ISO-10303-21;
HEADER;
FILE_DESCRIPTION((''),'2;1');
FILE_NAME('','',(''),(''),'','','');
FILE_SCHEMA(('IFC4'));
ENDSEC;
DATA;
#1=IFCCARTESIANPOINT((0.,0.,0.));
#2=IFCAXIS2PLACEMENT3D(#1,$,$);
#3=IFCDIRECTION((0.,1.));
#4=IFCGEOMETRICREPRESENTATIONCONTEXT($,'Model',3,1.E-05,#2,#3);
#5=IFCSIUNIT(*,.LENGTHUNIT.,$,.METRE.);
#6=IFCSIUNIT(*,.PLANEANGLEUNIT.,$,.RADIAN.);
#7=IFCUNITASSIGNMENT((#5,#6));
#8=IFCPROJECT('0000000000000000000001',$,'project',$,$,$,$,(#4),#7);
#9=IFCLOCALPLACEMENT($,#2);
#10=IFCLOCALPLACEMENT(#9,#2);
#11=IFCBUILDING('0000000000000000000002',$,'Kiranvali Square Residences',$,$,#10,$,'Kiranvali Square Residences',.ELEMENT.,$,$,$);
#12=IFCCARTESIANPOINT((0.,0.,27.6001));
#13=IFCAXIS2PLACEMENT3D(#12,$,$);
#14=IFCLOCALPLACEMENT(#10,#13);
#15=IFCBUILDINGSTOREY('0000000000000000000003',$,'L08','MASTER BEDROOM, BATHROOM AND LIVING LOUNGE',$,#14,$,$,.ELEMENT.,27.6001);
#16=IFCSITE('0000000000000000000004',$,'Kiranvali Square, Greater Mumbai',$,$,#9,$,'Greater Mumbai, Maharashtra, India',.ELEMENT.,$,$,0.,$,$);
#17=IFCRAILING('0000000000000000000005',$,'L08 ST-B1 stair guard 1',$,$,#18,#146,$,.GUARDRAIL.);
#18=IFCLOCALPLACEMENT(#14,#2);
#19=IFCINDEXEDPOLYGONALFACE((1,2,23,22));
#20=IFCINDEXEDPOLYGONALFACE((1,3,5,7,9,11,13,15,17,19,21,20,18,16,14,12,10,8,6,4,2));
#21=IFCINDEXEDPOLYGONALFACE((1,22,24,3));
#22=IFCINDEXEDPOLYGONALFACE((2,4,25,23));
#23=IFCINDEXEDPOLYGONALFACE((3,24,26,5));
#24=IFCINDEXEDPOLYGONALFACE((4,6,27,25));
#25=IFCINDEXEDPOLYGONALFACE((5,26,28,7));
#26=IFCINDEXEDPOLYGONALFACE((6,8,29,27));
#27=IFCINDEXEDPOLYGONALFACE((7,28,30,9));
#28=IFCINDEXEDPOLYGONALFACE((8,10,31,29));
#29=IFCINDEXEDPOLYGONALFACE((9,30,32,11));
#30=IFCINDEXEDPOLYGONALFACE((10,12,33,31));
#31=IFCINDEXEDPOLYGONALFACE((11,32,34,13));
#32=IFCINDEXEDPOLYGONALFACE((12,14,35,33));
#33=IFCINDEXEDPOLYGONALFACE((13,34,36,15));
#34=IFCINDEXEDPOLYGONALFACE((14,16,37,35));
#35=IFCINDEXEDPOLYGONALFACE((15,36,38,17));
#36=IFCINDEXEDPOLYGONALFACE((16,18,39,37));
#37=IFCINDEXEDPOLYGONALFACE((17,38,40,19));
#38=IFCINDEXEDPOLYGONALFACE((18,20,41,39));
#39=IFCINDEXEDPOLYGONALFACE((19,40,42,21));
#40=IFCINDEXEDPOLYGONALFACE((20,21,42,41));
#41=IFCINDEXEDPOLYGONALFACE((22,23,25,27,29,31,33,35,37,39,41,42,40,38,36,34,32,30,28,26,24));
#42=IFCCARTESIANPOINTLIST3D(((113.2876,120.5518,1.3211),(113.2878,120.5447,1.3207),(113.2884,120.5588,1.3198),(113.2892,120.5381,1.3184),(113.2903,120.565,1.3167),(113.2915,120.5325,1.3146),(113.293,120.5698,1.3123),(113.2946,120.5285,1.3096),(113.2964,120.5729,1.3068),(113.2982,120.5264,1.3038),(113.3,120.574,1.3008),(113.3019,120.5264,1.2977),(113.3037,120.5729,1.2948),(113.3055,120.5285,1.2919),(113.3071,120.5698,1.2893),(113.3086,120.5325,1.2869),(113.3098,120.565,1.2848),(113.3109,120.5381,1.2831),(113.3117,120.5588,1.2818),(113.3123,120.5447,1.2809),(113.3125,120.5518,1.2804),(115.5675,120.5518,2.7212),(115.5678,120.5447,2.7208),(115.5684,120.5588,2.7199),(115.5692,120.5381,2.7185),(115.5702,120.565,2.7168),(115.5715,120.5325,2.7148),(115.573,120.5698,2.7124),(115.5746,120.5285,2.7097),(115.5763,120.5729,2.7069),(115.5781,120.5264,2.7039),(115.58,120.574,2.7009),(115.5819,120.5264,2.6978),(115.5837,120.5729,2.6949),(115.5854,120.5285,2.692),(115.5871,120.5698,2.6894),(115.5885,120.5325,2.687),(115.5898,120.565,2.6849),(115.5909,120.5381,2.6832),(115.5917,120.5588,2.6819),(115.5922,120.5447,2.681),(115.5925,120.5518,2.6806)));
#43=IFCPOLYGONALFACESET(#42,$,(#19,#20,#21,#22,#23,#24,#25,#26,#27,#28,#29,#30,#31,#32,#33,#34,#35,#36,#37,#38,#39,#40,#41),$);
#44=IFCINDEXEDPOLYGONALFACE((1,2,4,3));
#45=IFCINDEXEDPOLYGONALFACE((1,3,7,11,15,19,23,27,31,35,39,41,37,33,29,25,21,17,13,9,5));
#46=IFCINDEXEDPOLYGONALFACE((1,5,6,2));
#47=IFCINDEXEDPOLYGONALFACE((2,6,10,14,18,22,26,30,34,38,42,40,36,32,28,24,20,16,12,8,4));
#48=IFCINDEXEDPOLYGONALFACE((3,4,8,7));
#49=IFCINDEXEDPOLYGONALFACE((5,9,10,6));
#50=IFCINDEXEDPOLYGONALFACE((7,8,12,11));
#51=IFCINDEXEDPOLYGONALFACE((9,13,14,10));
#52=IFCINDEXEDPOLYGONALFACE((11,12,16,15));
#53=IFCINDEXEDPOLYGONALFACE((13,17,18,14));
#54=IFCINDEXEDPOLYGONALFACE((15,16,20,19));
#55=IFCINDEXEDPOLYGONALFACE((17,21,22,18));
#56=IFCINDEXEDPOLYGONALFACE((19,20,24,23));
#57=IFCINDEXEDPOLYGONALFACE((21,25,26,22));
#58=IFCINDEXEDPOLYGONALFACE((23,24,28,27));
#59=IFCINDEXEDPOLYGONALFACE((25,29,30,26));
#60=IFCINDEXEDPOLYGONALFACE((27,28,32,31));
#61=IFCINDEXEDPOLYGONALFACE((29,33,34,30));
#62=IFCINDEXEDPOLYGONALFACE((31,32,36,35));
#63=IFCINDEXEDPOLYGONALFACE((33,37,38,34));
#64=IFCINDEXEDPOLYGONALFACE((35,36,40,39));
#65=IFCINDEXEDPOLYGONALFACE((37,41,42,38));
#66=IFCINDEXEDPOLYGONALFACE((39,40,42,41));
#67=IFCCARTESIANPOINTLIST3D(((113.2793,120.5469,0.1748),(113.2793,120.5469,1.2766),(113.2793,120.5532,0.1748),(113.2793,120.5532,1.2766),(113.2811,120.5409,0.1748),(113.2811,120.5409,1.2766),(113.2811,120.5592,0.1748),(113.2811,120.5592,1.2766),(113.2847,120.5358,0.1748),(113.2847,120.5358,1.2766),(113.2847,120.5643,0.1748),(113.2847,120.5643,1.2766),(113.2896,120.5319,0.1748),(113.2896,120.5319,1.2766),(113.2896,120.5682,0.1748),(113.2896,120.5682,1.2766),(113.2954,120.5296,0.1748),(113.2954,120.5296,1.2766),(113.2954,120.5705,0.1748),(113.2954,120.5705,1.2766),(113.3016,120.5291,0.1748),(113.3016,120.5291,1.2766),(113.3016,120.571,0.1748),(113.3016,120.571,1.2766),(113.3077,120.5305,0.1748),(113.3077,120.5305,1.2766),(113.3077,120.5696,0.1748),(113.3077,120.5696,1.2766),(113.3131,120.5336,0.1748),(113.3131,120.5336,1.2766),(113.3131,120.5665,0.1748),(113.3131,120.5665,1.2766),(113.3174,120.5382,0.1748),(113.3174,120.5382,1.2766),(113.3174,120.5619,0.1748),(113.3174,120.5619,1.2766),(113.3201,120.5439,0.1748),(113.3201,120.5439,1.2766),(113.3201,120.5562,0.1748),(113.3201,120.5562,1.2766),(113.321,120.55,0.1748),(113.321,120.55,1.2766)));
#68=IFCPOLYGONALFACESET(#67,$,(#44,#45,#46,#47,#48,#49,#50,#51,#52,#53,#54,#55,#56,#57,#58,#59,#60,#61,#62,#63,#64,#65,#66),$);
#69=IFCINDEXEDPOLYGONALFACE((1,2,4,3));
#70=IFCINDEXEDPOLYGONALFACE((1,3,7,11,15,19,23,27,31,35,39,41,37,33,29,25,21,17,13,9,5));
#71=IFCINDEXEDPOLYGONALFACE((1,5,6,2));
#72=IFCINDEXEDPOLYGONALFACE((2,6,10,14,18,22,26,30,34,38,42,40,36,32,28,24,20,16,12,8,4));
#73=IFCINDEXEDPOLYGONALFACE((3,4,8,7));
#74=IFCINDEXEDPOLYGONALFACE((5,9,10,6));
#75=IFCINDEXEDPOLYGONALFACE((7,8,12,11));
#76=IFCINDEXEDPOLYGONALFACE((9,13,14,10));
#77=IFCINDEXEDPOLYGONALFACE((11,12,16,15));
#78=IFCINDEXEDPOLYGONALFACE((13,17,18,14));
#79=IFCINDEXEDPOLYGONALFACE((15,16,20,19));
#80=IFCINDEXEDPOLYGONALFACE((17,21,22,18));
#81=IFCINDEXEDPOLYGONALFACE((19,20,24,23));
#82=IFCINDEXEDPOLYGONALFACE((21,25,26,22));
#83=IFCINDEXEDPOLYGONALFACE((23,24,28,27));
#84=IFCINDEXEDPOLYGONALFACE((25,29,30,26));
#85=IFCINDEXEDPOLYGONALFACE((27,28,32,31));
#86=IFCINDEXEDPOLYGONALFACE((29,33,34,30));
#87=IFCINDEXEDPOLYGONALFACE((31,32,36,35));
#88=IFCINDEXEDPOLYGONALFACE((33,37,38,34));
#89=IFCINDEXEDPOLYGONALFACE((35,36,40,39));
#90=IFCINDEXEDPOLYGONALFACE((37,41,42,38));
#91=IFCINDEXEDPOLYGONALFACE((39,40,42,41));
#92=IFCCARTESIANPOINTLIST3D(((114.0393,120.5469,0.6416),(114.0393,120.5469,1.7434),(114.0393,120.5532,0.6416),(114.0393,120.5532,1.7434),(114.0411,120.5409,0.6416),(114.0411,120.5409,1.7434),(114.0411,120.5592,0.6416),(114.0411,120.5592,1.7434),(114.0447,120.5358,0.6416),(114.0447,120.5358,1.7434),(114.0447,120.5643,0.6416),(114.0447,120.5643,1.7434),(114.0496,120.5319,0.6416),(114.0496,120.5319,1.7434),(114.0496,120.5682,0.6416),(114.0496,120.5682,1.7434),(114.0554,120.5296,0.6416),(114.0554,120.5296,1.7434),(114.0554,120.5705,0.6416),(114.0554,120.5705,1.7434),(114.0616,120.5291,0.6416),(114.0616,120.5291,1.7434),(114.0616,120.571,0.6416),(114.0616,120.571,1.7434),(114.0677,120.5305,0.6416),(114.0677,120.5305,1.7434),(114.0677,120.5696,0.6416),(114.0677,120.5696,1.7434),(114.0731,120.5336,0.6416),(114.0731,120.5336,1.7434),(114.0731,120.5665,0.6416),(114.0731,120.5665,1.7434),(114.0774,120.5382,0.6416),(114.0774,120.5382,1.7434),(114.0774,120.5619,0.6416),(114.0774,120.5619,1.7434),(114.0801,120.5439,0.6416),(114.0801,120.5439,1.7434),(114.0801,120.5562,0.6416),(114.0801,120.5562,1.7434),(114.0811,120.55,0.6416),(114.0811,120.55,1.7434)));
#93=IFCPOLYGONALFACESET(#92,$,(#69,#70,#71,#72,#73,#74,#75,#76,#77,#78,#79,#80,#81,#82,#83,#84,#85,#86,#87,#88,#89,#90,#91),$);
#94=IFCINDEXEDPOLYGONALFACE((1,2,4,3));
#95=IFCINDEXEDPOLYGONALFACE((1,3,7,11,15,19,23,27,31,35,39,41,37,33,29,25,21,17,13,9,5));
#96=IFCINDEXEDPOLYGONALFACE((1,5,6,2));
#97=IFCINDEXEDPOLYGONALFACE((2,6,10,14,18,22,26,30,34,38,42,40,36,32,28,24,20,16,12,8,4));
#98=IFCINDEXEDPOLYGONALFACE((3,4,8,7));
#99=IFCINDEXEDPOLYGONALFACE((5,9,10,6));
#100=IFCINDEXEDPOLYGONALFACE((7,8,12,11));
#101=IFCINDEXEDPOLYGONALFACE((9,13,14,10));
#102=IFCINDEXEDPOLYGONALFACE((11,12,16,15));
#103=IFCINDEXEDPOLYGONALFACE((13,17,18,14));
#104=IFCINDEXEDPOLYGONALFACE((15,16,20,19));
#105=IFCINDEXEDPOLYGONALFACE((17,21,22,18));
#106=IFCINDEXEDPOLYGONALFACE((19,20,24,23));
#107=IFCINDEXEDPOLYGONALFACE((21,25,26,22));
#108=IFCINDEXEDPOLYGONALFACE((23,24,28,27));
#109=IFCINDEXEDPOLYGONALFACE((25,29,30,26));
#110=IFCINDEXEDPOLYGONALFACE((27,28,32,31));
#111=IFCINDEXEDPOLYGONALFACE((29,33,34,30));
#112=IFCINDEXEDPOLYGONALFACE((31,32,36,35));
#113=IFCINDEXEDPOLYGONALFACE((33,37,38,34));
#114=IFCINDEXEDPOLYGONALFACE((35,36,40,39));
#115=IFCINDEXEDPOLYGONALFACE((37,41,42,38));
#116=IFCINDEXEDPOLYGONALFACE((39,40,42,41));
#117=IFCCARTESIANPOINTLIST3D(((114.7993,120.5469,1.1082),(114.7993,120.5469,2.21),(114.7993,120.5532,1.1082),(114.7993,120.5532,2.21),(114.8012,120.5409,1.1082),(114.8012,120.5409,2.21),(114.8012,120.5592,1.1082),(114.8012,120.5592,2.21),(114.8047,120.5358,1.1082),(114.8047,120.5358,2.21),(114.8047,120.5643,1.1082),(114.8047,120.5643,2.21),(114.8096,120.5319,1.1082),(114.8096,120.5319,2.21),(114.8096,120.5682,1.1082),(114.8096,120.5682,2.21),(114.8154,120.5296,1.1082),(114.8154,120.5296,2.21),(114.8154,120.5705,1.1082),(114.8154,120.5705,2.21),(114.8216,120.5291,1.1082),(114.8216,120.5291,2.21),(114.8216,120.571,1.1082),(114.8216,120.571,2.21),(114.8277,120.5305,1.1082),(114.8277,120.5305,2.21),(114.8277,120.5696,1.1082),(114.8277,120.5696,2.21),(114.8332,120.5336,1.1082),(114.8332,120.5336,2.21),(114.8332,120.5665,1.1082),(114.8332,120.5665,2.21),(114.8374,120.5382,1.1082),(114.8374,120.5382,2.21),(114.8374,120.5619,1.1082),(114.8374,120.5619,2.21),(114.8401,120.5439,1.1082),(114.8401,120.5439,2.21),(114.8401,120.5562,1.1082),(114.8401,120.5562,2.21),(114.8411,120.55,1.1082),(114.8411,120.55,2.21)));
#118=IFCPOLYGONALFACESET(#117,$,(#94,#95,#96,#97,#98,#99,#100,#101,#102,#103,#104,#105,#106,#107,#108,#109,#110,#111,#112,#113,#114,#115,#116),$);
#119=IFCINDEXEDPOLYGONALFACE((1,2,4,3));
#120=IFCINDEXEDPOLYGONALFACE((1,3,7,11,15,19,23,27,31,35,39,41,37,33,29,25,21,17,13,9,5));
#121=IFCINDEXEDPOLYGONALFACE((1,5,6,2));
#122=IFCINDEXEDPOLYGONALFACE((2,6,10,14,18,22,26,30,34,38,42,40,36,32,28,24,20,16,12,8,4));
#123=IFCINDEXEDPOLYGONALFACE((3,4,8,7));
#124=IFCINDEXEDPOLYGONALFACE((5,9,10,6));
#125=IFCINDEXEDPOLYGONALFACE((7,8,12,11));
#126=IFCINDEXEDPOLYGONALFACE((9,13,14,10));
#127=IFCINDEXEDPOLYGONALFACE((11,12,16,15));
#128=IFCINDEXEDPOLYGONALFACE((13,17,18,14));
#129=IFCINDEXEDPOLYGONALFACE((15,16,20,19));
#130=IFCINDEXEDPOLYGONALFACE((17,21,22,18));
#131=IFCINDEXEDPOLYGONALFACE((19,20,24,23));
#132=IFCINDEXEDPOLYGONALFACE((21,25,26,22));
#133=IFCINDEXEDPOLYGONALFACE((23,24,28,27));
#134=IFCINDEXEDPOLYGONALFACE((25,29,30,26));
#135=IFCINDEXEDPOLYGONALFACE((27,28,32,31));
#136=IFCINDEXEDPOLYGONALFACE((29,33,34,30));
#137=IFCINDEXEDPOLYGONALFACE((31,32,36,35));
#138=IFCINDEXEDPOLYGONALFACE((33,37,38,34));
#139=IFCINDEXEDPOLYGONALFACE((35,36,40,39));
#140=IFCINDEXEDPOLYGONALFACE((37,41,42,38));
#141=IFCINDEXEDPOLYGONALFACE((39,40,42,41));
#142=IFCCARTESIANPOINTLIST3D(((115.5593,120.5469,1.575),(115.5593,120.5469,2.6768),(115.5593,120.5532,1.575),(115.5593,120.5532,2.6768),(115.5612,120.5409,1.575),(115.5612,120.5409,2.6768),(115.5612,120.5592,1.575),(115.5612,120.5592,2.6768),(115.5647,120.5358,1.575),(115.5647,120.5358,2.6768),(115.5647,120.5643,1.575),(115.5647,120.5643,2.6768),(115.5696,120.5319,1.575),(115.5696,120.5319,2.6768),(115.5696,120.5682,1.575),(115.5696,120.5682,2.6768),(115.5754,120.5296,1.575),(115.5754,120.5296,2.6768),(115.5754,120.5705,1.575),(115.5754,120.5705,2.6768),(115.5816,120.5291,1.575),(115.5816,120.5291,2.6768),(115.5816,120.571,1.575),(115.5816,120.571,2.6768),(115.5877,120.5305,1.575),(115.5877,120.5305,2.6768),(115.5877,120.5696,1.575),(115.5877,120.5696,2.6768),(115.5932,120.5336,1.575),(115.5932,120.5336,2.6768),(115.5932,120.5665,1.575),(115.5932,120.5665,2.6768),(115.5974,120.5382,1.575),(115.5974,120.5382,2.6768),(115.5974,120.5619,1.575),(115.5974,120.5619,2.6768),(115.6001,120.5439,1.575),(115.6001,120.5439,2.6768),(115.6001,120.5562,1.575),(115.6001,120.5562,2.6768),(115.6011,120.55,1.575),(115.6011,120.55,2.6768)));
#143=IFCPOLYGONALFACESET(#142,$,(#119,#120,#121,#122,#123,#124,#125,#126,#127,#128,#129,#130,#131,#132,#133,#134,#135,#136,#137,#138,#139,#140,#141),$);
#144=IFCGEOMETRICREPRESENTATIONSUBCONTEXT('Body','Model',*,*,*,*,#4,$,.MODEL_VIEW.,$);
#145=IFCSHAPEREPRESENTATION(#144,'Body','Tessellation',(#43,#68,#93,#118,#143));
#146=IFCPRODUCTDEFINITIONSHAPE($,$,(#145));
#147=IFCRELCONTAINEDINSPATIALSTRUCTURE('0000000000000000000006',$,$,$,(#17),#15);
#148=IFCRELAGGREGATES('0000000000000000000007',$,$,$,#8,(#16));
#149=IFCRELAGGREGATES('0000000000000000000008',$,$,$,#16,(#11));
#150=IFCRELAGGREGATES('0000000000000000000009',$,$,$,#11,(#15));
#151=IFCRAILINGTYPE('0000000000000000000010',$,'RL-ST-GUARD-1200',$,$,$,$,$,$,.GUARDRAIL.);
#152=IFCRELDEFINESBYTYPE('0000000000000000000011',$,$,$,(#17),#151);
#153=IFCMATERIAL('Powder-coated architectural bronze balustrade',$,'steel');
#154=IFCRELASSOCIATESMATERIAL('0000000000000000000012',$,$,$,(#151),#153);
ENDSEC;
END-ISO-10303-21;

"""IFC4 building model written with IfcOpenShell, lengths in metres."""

from ifc_helpers import new_model, si_unit, direction, frame, origin, origin_2d, place, context, subcontext, project, spatial, circle, extrude, material, type_object, element, save


model = new_model("IFC4")

# Units and contexts
model_context = context("Model", 3, precision=1e-05, world=origin(), true_north=direction((0.0, 1.0)))
body_context = subcontext(model_context, "Body", "Model", "MODEL_VIEW")
ifc_project = project(units=[si_unit("LENGTHUNIT", "METRE"), si_unit("PLANEANGLEUNIT", "RADIAN")], contexts=[model_context])

# Site, building, storey
site_placement = place(None, origin())
site = spatial("IfcSite", under=ifc_project, at=site_placement, Name="Kiranvali Square, Greater Mumbai", LongName="Greater Mumbai, Maharashtra, India", CompositionType="ELEMENT", RefElevation=0.0)
building_placement = place(site_placement, origin())
building = spatial("IfcBuilding", under=site, at=building_placement, Name="Kiranvali Square Residences", LongName="Kiranvali Square Residences", CompositionType="ELEMENT")
storey_placement = place(building_placement, frame((0.0, 0.0, 27.6001)))
storey = spatial("IfcBuildingStorey", under=building, at=storey_placement, Name="L08", Description="MASTER BEDROOM, BATHROOM AND LIVING LOUNGE", CompositionType="ELEMENT", Elevation=27.6001)

# Railing
ifc_material_1 = material(Name="Powder-coated architectural bronze balustrade", Category="steel")
railing_type = type_object("IfcRailingType", Name="RL-ST-GUARD-1200", PredefinedType="GUARDRAIL", material=ifc_material_1)
railing_1_placement = place(storey_placement, frame((113.3, 120.55, 0.1748)))
element("IfcRailing", 1, at=railing_1_placement, inside=storey, type_object=railing_type, Name="L08 ST-B1 stair guard 1", PredefinedType="GUARDRAIL", context=body_context, shape_type="SweptSolid", body=[
    extrude(circle(Radius=0.0239, at=origin_2d()), frame((0.0, 0.0, 1.126), z_axis=(0.85215, 0.0, 0.523298), x_axis=(0.0, 1.0, 0.0)), (0.0, 0.0, 1.0), 2.6755),
    extrude(circle(Radius=0.021, at=origin_2d()), origin(), (0.0, 0.0, 1.0), 1.1018),
    extrude(circle(Radius=0.021, at=origin_2d()), frame((0.76, 0.0, 0.4668)), (0.0, 0.0, 1.0), 1.1018),
    extrude(circle(Radius=0.021, at=origin_2d()), frame((1.52, 0.0, 0.9333)), (0.0, 0.0, 1.0), 1.1018),
    extrude(circle(Radius=0.021, at=origin_2d()), frame((2.28, 0.0, 1.4001)), (0.0, 0.0, 1.0), 1.1018),
])

save(model, "model.ifc")
